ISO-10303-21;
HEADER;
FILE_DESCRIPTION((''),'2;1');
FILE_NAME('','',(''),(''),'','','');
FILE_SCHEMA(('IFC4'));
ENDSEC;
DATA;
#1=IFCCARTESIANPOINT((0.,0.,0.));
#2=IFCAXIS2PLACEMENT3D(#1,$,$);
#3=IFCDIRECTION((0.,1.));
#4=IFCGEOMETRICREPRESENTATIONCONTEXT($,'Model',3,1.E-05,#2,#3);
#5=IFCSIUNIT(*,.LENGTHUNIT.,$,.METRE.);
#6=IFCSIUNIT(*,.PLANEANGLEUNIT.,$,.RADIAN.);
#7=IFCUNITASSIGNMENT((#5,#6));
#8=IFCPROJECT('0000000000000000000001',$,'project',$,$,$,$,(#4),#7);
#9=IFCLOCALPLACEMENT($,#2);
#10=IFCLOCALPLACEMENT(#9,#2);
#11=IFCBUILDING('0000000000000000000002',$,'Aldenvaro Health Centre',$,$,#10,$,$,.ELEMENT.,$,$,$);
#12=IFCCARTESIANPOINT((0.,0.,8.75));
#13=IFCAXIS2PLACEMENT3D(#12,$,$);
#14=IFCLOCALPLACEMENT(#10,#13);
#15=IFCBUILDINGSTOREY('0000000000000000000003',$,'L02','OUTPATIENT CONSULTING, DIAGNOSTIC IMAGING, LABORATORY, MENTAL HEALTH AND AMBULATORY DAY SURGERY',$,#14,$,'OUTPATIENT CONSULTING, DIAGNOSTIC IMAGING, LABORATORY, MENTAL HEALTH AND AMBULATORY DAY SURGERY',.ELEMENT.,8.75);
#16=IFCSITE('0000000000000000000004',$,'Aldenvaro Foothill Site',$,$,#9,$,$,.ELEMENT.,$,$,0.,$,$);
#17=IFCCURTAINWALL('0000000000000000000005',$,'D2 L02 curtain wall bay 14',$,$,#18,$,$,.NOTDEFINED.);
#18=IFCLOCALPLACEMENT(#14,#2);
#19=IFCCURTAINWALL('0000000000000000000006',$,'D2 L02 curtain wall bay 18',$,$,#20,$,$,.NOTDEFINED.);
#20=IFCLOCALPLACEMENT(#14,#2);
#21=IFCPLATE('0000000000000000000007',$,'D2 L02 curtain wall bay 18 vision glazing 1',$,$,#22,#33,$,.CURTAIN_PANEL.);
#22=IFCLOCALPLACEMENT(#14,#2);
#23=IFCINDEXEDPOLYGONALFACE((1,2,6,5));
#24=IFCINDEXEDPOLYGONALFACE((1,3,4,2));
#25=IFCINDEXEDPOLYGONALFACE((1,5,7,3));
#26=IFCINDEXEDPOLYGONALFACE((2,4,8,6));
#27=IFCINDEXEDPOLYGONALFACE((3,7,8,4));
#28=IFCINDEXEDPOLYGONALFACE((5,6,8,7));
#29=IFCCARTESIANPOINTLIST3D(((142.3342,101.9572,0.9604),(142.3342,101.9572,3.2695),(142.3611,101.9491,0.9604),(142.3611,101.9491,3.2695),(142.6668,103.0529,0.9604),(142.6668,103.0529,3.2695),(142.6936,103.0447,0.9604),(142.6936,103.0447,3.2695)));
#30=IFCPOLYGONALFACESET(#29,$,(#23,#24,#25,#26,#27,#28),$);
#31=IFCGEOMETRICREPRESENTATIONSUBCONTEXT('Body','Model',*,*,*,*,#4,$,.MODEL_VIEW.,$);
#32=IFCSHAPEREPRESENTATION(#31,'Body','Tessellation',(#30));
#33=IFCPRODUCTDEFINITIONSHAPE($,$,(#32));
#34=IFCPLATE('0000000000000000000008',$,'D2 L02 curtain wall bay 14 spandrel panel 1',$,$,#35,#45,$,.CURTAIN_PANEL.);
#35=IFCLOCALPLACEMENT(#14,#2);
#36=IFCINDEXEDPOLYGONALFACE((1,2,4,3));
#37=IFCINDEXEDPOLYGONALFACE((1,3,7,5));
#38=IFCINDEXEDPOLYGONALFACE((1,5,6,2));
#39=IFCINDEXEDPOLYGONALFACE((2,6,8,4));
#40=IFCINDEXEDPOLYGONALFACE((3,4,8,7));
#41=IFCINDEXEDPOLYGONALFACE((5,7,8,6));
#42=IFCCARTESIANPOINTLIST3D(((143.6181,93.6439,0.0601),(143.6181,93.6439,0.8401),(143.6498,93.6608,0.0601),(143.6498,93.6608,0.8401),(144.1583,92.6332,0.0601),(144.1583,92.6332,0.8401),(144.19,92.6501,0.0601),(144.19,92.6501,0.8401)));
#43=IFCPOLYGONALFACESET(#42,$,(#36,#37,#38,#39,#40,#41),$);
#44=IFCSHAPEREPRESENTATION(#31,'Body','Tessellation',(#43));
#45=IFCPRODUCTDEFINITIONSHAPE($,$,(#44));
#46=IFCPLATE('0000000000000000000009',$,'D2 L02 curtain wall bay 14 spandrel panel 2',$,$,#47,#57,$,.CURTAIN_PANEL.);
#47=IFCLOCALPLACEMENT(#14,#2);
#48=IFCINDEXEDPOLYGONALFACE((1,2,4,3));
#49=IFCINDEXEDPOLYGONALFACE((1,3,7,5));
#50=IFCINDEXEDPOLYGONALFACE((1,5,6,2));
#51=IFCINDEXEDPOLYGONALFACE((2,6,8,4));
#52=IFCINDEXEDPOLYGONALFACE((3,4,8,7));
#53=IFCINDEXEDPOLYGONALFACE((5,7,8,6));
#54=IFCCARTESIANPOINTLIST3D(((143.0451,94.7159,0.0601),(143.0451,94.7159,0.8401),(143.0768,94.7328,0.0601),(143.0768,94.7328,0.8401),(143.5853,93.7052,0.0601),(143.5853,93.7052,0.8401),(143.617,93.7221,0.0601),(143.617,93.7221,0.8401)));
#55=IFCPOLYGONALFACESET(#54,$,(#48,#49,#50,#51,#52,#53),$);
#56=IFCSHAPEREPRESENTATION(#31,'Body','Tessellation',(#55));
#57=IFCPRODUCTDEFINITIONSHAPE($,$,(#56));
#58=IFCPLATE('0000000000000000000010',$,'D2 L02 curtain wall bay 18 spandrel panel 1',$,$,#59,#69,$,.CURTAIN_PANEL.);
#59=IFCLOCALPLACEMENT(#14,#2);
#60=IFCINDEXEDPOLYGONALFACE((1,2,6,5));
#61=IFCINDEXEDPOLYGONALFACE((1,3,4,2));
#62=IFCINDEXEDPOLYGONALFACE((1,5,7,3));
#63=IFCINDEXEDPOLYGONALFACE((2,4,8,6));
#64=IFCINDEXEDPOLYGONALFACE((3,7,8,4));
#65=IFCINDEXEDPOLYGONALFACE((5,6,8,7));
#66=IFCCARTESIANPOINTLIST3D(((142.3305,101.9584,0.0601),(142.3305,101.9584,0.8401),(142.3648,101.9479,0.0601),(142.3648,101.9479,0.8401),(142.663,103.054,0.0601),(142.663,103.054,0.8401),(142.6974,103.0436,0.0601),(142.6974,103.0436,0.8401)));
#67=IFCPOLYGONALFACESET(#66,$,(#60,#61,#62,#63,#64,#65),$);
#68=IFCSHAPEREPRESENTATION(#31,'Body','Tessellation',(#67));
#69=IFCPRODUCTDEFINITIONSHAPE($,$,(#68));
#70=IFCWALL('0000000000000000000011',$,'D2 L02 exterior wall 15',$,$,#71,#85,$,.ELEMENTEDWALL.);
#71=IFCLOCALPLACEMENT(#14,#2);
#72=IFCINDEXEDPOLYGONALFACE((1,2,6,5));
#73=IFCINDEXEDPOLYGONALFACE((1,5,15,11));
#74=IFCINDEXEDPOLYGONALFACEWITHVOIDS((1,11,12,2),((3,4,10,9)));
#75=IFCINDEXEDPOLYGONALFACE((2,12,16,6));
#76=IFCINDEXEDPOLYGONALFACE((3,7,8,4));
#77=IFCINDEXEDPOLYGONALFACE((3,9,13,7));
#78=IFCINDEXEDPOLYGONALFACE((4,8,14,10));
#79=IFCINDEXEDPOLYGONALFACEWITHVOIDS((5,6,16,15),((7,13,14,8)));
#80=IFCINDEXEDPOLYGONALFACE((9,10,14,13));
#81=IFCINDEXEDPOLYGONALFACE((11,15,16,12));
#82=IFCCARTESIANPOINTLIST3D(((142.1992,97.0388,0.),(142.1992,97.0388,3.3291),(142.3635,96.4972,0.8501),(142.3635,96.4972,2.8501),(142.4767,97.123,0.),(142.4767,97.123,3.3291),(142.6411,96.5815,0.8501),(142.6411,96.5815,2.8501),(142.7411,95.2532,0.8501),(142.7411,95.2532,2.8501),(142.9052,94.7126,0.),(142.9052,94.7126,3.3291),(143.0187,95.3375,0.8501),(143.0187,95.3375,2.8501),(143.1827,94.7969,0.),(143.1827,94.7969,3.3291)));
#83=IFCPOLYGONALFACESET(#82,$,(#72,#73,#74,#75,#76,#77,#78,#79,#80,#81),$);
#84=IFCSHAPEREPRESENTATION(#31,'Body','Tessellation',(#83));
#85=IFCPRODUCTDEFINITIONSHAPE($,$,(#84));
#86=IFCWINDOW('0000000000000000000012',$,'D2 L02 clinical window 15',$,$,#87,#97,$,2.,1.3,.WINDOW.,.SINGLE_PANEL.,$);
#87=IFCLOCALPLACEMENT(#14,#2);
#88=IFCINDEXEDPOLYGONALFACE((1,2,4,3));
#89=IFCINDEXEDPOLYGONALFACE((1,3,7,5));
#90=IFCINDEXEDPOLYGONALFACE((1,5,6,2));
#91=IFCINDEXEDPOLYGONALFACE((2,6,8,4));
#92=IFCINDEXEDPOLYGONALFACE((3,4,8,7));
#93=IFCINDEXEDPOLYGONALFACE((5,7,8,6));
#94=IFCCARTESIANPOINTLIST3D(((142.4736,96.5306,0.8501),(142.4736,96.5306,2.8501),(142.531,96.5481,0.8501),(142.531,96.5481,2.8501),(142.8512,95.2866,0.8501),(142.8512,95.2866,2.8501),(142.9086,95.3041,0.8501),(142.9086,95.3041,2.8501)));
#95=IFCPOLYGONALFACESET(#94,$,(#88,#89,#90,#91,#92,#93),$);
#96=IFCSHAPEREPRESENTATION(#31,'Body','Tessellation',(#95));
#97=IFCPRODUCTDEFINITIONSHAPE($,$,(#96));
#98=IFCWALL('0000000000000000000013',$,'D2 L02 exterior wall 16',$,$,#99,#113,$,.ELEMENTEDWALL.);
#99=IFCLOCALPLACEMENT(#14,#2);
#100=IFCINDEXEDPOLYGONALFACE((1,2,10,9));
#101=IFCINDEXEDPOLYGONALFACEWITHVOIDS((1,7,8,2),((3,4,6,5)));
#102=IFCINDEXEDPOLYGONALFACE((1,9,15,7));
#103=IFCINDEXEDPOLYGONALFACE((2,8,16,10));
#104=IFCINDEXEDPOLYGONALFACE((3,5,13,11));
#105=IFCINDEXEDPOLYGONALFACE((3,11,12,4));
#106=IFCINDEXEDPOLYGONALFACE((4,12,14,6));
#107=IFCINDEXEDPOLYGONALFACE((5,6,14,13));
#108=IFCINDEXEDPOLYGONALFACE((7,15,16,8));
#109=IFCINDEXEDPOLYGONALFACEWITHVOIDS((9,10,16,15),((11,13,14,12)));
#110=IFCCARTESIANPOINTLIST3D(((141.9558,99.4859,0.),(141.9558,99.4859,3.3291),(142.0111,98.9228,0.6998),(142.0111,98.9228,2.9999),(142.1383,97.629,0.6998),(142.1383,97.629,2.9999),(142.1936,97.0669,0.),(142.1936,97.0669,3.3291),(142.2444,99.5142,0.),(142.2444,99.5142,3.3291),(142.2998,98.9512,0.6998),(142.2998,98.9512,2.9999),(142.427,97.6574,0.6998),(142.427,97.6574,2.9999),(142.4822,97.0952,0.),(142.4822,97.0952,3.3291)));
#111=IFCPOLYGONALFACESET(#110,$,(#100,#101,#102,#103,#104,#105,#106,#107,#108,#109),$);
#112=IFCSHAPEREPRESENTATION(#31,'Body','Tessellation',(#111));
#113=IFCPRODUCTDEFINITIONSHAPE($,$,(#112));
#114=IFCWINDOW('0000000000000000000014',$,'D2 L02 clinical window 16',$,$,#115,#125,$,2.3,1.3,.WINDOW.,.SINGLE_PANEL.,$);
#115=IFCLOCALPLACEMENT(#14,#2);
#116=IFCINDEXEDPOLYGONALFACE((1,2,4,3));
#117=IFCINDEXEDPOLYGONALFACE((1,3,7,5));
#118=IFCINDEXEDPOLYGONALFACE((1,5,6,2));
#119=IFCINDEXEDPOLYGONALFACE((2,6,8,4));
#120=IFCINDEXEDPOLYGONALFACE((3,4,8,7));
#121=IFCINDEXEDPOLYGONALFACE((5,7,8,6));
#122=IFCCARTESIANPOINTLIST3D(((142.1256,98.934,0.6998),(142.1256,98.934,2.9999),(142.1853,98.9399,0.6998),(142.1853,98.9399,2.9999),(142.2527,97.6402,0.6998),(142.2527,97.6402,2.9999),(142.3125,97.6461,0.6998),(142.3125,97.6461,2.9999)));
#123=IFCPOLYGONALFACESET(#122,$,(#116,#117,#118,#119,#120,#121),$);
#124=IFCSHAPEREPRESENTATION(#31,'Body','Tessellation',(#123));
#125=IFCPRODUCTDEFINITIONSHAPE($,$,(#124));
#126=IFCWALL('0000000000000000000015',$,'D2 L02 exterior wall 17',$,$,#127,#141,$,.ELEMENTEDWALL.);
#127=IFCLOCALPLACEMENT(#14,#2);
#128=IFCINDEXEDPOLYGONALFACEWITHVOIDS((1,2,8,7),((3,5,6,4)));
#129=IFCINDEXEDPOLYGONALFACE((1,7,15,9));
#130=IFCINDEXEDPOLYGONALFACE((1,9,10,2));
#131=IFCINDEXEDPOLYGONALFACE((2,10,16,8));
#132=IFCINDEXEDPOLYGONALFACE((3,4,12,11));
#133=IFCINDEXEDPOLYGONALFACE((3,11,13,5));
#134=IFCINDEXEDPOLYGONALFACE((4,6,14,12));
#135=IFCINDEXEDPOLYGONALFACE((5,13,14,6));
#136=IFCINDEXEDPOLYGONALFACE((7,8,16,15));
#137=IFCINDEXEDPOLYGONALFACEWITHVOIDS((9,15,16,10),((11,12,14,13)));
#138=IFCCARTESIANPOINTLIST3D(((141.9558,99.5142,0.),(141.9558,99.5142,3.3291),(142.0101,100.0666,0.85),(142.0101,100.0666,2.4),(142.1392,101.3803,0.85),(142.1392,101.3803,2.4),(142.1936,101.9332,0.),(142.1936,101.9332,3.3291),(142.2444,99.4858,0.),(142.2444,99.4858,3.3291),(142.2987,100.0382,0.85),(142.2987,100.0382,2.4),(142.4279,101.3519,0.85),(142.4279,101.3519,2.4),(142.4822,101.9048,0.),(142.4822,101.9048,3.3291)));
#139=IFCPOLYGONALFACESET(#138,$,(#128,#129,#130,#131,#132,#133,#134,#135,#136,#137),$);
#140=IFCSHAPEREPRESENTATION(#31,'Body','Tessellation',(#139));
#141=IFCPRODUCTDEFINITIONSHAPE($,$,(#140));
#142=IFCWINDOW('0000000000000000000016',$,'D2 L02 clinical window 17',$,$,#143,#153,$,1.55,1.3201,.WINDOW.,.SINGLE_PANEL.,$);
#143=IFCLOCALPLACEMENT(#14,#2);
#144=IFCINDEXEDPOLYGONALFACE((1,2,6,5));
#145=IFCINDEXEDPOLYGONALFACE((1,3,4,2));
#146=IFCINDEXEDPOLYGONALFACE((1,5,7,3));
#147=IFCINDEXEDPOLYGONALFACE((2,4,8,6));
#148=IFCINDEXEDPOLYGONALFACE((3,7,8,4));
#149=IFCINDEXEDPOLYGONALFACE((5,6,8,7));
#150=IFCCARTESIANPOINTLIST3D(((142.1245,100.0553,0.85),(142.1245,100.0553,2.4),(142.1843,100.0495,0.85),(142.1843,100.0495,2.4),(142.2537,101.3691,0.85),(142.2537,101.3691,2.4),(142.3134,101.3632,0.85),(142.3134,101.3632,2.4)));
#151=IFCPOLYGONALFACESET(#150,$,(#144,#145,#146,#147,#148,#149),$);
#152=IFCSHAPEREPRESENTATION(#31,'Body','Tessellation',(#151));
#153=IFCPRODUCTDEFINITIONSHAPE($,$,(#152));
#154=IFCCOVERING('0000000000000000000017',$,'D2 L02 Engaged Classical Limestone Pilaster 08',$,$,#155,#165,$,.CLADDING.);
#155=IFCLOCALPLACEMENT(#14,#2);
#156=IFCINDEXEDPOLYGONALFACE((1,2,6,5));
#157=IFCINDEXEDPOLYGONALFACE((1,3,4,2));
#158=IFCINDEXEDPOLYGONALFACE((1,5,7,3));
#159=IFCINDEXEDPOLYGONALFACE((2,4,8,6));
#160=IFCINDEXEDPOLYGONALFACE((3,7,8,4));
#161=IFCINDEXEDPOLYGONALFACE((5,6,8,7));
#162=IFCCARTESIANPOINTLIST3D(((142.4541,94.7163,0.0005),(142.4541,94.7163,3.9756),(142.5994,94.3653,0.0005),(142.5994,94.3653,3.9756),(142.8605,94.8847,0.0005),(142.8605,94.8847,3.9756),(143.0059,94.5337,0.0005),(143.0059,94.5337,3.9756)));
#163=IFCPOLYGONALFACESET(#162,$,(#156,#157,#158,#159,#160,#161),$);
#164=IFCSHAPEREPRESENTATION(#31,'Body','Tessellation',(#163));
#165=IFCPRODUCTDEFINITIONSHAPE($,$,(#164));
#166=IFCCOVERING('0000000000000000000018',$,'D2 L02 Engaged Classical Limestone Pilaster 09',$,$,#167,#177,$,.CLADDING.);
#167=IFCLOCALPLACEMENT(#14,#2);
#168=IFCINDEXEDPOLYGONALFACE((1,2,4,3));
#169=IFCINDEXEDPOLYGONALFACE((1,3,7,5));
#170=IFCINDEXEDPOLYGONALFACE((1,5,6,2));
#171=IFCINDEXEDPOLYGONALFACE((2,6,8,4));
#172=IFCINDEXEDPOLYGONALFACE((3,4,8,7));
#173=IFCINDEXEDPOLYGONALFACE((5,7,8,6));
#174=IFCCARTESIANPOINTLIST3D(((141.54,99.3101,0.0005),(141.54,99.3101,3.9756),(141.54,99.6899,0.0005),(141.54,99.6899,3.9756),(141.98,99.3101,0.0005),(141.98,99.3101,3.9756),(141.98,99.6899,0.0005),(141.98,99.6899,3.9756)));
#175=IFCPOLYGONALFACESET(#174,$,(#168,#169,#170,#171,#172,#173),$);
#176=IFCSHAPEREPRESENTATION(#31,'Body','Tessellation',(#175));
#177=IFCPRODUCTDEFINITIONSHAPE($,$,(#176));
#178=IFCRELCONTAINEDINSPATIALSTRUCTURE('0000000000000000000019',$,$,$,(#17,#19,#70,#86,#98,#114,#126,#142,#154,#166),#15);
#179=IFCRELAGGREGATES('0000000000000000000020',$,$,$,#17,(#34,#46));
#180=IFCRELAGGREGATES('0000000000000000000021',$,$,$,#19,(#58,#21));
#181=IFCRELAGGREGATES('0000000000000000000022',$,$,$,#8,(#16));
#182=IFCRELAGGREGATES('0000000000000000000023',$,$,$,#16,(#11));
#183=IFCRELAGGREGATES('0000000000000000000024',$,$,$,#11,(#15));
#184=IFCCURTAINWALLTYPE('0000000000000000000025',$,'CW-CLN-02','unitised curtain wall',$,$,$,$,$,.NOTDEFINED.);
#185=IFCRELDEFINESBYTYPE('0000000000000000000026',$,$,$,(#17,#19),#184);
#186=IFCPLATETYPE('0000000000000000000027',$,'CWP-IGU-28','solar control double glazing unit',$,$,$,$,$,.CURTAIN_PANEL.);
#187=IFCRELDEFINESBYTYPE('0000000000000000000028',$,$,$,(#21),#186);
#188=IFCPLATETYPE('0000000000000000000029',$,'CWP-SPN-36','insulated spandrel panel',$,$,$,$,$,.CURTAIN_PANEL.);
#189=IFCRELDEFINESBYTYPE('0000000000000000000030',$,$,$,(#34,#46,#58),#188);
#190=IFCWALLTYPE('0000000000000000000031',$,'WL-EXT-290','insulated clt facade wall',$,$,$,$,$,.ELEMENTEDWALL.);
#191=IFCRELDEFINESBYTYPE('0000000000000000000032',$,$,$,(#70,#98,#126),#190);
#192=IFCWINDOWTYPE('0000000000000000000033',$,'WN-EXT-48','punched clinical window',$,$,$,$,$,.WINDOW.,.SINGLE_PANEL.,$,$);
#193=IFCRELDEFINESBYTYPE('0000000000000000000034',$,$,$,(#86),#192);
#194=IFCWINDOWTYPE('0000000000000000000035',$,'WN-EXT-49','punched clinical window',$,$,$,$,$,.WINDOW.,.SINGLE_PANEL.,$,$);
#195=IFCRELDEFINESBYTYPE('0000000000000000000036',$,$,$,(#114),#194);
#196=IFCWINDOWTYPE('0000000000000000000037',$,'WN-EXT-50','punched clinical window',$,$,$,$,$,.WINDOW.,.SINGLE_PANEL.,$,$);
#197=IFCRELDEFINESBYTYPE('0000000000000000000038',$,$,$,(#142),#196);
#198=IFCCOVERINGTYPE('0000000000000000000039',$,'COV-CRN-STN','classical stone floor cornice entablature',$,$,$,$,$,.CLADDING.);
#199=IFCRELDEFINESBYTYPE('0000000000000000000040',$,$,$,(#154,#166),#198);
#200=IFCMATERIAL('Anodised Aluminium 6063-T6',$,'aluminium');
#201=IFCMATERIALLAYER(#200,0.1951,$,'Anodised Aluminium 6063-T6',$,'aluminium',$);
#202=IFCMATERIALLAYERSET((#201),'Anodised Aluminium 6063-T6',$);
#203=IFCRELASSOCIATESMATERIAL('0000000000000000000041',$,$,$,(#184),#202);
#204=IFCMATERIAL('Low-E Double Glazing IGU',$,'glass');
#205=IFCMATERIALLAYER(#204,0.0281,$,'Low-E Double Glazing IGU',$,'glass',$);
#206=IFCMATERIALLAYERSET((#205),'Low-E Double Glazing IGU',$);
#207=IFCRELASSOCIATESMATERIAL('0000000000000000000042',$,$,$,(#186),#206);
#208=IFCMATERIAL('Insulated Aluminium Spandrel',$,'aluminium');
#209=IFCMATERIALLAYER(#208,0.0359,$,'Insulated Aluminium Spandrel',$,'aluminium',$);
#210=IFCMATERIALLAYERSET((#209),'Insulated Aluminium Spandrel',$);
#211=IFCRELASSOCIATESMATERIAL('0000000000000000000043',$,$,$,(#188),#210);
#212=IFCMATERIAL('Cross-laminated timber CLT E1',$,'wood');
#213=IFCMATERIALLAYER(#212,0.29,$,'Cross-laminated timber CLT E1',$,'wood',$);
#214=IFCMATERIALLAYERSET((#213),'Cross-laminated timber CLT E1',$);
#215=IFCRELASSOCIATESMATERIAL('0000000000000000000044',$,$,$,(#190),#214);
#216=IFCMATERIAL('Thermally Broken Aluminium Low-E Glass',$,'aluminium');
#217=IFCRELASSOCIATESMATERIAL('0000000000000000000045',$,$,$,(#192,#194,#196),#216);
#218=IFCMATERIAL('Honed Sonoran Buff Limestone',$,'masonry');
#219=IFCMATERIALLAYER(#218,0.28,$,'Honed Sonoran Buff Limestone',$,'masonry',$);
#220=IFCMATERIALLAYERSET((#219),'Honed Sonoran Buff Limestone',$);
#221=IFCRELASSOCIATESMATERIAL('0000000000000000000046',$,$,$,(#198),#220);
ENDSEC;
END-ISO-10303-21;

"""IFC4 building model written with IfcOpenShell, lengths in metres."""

from ifc_helpers import new_model, si_unit, direction, frame, frame_2d, origin, origin_2d, place, context, subcontext, project, spatial, rectangle, extrude, material, layer, layer_set, type_object, element, fill, aggregate, save


model = new_model("IFC4")

# Units and contexts
model_context = context("Model", 3, precision=1e-05, world=origin(), true_north=direction((0.0, 1.0)))
body_context = subcontext(model_context, "Body", "Model", "MODEL_VIEW")
ifc_project = project(units=[si_unit("LENGTHUNIT", "METRE"), si_unit("PLANEANGLEUNIT", "RADIAN")], contexts=[model_context])

# Site, building, storey
site_placement = place(None, origin())
site = spatial("IfcSite", under=ifc_project, at=site_placement, Name="Aldenvaro Foothill Site", CompositionType="ELEMENT", RefElevation=0.0)
building_placement = place(site_placement, origin())
building = spatial("IfcBuilding", under=site, at=building_placement, Name="Aldenvaro Health Centre", CompositionType="ELEMENT")
storey_placement = place(building_placement, frame((0.0, 0.0, 8.75)))
storey = spatial("IfcBuildingStorey", under=building, at=storey_placement, Name="L02", Description="OUTPATIENT CONSULTING, DIAGNOSTIC IMAGING, LABORATORY, MENTAL HEALTH AND AMBULATORY DAY SURGERY", LongName="OUTPATIENT CONSULTING, DIAGNOSTIC IMAGING, LABORATORY, MENTAL HEALTH AND AMBULATORY DAY SURGERY", CompositionType="ELEMENT", Elevation=8.75)

# Curtain walls
ifc_material_1 = material(Name="Anodised Aluminium 6063-T6", Category="aluminium")
ifc_layer_1 = layer(ifc_material_1, 0.1951, Name="Anodised Aluminium 6063-T6", Category="aluminium")
ifc_layer_set_1 = layer_set([ifc_layer_1], Name="Anodised Aluminium 6063-T6")
curtain_wall_type = type_object("IfcCurtainWallType", Name="CW-CLN-02", Description="unitised curtain wall", PredefinedType="NOTDEFINED", material=ifc_layer_set_1)
curtain_wall_1_placement = place(storey_placement, origin())
curtain_wall_1 = element("IfcCurtainWall", 1, at=curtain_wall_1_placement, inside=storey, type_object=curtain_wall_type, Name="D2 L02 curtain wall bay 14", PredefinedType="NOTDEFINED")
curtain_wall_2_placement = place(storey_placement, origin())
curtain_wall_2 = element("IfcCurtainWall", 2, at=curtain_wall_2_placement, inside=storey, type_object=curtain_wall_type, Name="D2 L02 curtain wall bay 18", PredefinedType="NOTDEFINED")

# Plates
ifc_material_2 = material(Name="Low-E Double Glazing IGU", Category="glass")
ifc_layer_2 = layer(ifc_material_2, 0.0281, Name="Low-E Double Glazing IGU", Category="glass")
ifc_layer_set_2 = layer_set([ifc_layer_2], Name="Low-E Double Glazing IGU")
plate_type_1 = type_object("IfcPlateType", Name="CWP-IGU-28", Description="solar control double glazing unit", PredefinedType="CURTAIN_PANEL", material=ifc_layer_set_2)
plate_1_placement = place(storey_placement, frame((142.5139, 102.501, 0.9604), z_axis=(0.0, 0.0, 1.0), x_axis=(0.290441, 0.956893, 0.0)))
plate_1 = element("IfcPlate", 3, at=plate_1_placement, type_object=plate_type_1, Name="D2 L02 curtain wall bay 18 vision glazing 1", PredefinedType="CURTAIN_PANEL", context=body_context, shape_type="SweptSolid", body=[
    extrude(rectangle(XDim=1.145, YDim=0.0281, at=origin_2d()), origin(), (0.0, 0.0, 1.0), 2.3091),
])
ifc_material_3 = material(Name="Insulated Aluminium Spandrel", Category="aluminium")
ifc_layer_3 = layer(ifc_material_3, 0.0359, Name="Insulated Aluminium Spandrel", Category="aluminium")
ifc_layer_set_3 = layer_set([ifc_layer_3], Name="Insulated Aluminium Spandrel")
plate_type_2 = type_object("IfcPlateType", Name="CWP-SPN-36", Description="insulated spandrel panel", PredefinedType="CURTAIN_PANEL", material=ifc_layer_set_3)
plate_2_placement = place(storey_placement, frame((143.9041, 93.147, 0.0601), z_axis=(0.0, 0.0, 1.0), x_axis=(-0.471399, 0.88192, 0.0)))
plate_2 = element("IfcPlate", 4, at=plate_2_placement, type_object=plate_type_2, Name="D2 L02 curtain wall bay 14 spandrel panel 1", PredefinedType="CURTAIN_PANEL", context=body_context, shape_type="SweptSolid", body=[
    extrude(rectangle(XDim=1.146, YDim=0.0359, at=origin_2d()), origin(), (0.0, 0.0, 1.0), 0.78),
])
plate_3_placement = place(storey_placement, frame((143.3311, 94.219, 0.0601), z_axis=(0.0, 0.0, 1.0), x_axis=(-0.471399, 0.88192, 0.0)))
plate_3 = element("IfcPlate", 5, at=plate_3_placement, type_object=plate_type_2, Name="D2 L02 curtain wall bay 14 spandrel panel 2", PredefinedType="CURTAIN_PANEL", context=body_context, shape_type="SweptSolid", body=[
    extrude(rectangle(XDim=1.146, YDim=0.0359, at=origin_2d()), origin(), (0.0, 0.0, 1.0), 0.78),
])
aggregate(curtain_wall_1, [plate_2, plate_3])
plate_4_placement = place(storey_placement, frame((142.5139, 102.501, 0.0601), z_axis=(0.0, 0.0, 1.0), x_axis=(0.290441, 0.956893, 0.0)))
plate_4 = element("IfcPlate", 6, at=plate_4_placement, type_object=plate_type_2, Name="D2 L02 curtain wall bay 18 spandrel panel 1", PredefinedType="CURTAIN_PANEL", context=body_context, shape_type="SweptSolid", body=[
    extrude(rectangle(XDim=1.145, YDim=0.0359, at=origin_2d()), origin(), (0.0, 0.0, 1.0), 0.78),
])
aggregate(curtain_wall_2, [plate_4, plate_1])

# Walls, openings, windows
ifc_material_4 = material(Name="Cross-laminated timber CLT E1", Category="wood")
ifc_layer_4 = layer(ifc_material_4, 0.29, Name="Cross-laminated timber CLT E1", Category="wood")
ifc_layer_set_4 = layer_set([ifc_layer_4], Name="Cross-laminated timber CLT E1")
wall_type = type_object("IfcWallType", Name="WL-EXT-290", Description="insulated clt facade wall", PredefinedType="ELEMENTEDWALL", material=ifc_layer_set_4)
wall_1_placement = place(storey_placement, frame((143.0439, 94.7549, 0.0), z_axis=(0.0, 0.0, 1.0), x_axis=(-0.290442, 0.956893, 0.0)))
wall_1 = element("IfcWall", 7, at=wall_1_placement, inside=storey, type_object=wall_type, Name="D2 L02 exterior wall 15", PredefinedType="ELEMENTEDWALL", context=body_context, shape_type="SweptSolid", body=[
    extrude(rectangle(XDim=2.4309, YDim=0.29, at=frame_2d((1.2153, 0.0))), origin(), (0.0, 0.0, 1.0), 3.3291),
])
opening_1_placement = place(wall_1_placement, frame((0.5649, 0.0, 0.8501)))
opening_1 = element("IfcOpeningElement", 8, at=opening_1_placement, cuts=wall_1, PredefinedType="OPENING", context=body_context, shape_type="SweptSolid", body=[
    extrude(rectangle(XDim=1.3, YDim=2.0, at=frame_2d((0.6499, 1.0))), frame((0.0, 0.155, 0.0), z_axis=(0.0, -1.0, 0.0), x_axis=(1.0, 0.0, 0.0)), (0.0, 0.0, 1.0), 0.3101),
])
ifc_material_5 = material(Name="Thermally Broken Aluminium Low-E Glass", Category="aluminium")
window_type_1 = type_object("IfcWindowType", Name="WN-EXT-48", Description="punched clinical window", PartitioningType="SINGLE_PANEL", PredefinedType="WINDOW", material=ifc_material_5)
window_1_placement = place(opening_1_placement, origin())
window_1 = element("IfcWindow", 9, at=window_1_placement, inside=storey, type_object=window_type_1, Name="D2 L02 clinical window 15", OverallHeight=2.0, OverallWidth=1.3, PartitioningType="SINGLE_PANEL", PredefinedType="WINDOW", context=body_context, shape_type="SweptSolid", body=[
    extrude(rectangle(XDim=1.3, YDim=2.0, at=frame_2d((0.6499, 1.0))), frame((0.0, 0.03, 0.0), z_axis=(0.0, -1.0, 0.0), x_axis=(1.0, 0.0, 0.0)), (0.0, 0.0, 1.0), 0.0601),
])
fill(opening_1, window_1)
wall_2_placement = place(storey_placement, frame((142.3379, 97.0811, 0.0), z_axis=(0.0, 0.0, 1.0), x_axis=(-0.097833, 0.995203, 0.0)))
wall_2 = element("IfcWall", 10, at=wall_2_placement, inside=storey, type_object=wall_type, Name="D2 L02 exterior wall 16", PredefinedType="ELEMENTEDWALL", context=body_context, shape_type="SweptSolid", body=[
    extrude(rectangle(XDim=2.4307, YDim=0.29, at=frame_2d((1.2153, 0.0))), origin(), (0.0, 0.0, 1.0), 3.3291),
])
opening_2_placement = place(wall_2_placement, frame((0.5649, 0.0, 0.7)))
opening_2 = element("IfcOpeningElement", 11, at=opening_2_placement, cuts=wall_2, PredefinedType="OPENING", context=body_context, shape_type="SweptSolid", body=[
    extrude(rectangle(XDim=1.3, YDim=2.3, at=frame_2d((0.6499, 1.1499))), frame((0.0, 0.155, 0.0), z_axis=(0.0, -1.0, 0.0), x_axis=(1.0, 0.0, 0.0)), (0.0, 0.0, 1.0), 0.3101),
])
window_type_2 = type_object("IfcWindowType", Name="WN-EXT-49", Description="punched clinical window", PartitioningType="SINGLE_PANEL", PredefinedType="WINDOW", material=ifc_material_5)
window_2_placement = place(opening_2_placement, origin())
window_2 = element("IfcWindow", 12, at=window_2_placement, inside=storey, type_object=window_type_2, Name="D2 L02 clinical window 16", OverallHeight=2.3, OverallWidth=1.3, PartitioningType="SINGLE_PANEL", PredefinedType="WINDOW", context=body_context, shape_type="SweptSolid", body=[
    extrude(rectangle(XDim=1.3, YDim=2.3, at=frame_2d((0.6499, 1.1499))), frame((0.0, 0.03, 0.0), z_axis=(0.0, -1.0, 0.0), x_axis=(1.0, 0.0, 0.0)), (0.0, 0.0, 1.0), 0.0601),
])
fill(opening_2, window_2)
wall_3_placement = place(storey_placement, frame((142.1001, 99.5, 0.0), z_axis=(0.0, 0.0, 1.0), x_axis=(0.097833, 0.995203, 0.0)))
wall_3 = element("IfcWall", 13, at=wall_3_placement, inside=storey, type_object=wall_type, Name="D2 L02 exterior wall 17", PredefinedType="ELEMENTEDWALL", context=body_context, shape_type="SweptSolid", body=[
    extrude(rectangle(XDim=2.4307, YDim=0.29, at=frame_2d((1.2153, 0.0))), origin(), (0.0, 0.0, 1.0), 3.3291),
])
opening_3_placement = place(wall_3_placement, frame((0.5549, 0.0, 0.8501)))
opening_3 = element("IfcOpeningElement", 14, at=opening_3_placement, cuts=wall_3, PredefinedType="OPENING", context=body_context, shape_type="SweptSolid", body=[
    extrude(rectangle(XDim=1.3201, YDim=1.55, at=frame_2d((0.6602, 0.7749))), frame((0.0, 0.155, 0.0), z_axis=(0.0, -1.0, 0.0), x_axis=(1.0, 0.0, 0.0)), (0.0, 0.0, 1.0), 0.3101),
])
window_type_3 = type_object("IfcWindowType", Name="WN-EXT-50", Description="punched clinical window", PartitioningType="SINGLE_PANEL", PredefinedType="WINDOW", material=ifc_material_5)
window_3_placement = place(opening_3_placement, origin())
window_3 = element("IfcWindow", 15, at=window_3_placement, inside=storey, type_object=window_type_3, Name="D2 L02 clinical window 17", OverallHeight=1.55, OverallWidth=1.3201, PartitioningType="SINGLE_PANEL", PredefinedType="WINDOW", context=body_context, shape_type="SweptSolid", body=[
    extrude(rectangle(XDim=1.3201, YDim=1.55, at=frame_2d((0.6602, 0.7749))), frame((0.0, 0.03, 0.0), z_axis=(0.0, -1.0, 0.0), x_axis=(1.0, 0.0, 0.0)), (0.0, 0.0, 1.0), 0.0601),
])
fill(opening_3, window_3)

# Coverings
ifc_material_6 = material(Name="Honed Sonoran Buff Limestone", Category="masonry")
ifc_layer_5 = layer(ifc_material_6, 0.28, Name="Honed Sonoran Buff Limestone", Category="masonry")
ifc_layer_set_5 = layer_set([ifc_layer_5], Name="Honed Sonoran Buff Limestone")
covering_type = type_object("IfcCoveringType", Name="COV-CRN-STN", Description="classical stone floor cornice entablature", PredefinedType="CLADDING", material=ifc_layer_set_5)
for number, where, z_axis, x_axis, name in (
    (16, (142.73, 94.625, 0.0005), (0.0, 0.0, 1.0), (-0.923886, -0.382668, 0.0), "D2 L02 Engaged Classical Limestone Pilaster 08"),
    (17, (141.76, 99.5, 0.0005), (0.0, 0.0, 1.0), (-1.0, 0.0, 0.0), "D2 L02 Engaged Classical Limestone Pilaster 09"),
):
    element("IfcCovering", number, at=place(storey_placement, frame(where, z_axis=z_axis, x_axis=x_axis)), inside=storey, type_object=covering_type, Name=name, PredefinedType="CLADDING", context=body_context, shape_type="SweptSolid", body=[
        extrude(rectangle(XDim=0.4399, YDim=0.3799, at=origin_2d()), origin(), (0.0, 0.0, 1.0), 3.9751),
    ])

save(model, "model.ifc")
